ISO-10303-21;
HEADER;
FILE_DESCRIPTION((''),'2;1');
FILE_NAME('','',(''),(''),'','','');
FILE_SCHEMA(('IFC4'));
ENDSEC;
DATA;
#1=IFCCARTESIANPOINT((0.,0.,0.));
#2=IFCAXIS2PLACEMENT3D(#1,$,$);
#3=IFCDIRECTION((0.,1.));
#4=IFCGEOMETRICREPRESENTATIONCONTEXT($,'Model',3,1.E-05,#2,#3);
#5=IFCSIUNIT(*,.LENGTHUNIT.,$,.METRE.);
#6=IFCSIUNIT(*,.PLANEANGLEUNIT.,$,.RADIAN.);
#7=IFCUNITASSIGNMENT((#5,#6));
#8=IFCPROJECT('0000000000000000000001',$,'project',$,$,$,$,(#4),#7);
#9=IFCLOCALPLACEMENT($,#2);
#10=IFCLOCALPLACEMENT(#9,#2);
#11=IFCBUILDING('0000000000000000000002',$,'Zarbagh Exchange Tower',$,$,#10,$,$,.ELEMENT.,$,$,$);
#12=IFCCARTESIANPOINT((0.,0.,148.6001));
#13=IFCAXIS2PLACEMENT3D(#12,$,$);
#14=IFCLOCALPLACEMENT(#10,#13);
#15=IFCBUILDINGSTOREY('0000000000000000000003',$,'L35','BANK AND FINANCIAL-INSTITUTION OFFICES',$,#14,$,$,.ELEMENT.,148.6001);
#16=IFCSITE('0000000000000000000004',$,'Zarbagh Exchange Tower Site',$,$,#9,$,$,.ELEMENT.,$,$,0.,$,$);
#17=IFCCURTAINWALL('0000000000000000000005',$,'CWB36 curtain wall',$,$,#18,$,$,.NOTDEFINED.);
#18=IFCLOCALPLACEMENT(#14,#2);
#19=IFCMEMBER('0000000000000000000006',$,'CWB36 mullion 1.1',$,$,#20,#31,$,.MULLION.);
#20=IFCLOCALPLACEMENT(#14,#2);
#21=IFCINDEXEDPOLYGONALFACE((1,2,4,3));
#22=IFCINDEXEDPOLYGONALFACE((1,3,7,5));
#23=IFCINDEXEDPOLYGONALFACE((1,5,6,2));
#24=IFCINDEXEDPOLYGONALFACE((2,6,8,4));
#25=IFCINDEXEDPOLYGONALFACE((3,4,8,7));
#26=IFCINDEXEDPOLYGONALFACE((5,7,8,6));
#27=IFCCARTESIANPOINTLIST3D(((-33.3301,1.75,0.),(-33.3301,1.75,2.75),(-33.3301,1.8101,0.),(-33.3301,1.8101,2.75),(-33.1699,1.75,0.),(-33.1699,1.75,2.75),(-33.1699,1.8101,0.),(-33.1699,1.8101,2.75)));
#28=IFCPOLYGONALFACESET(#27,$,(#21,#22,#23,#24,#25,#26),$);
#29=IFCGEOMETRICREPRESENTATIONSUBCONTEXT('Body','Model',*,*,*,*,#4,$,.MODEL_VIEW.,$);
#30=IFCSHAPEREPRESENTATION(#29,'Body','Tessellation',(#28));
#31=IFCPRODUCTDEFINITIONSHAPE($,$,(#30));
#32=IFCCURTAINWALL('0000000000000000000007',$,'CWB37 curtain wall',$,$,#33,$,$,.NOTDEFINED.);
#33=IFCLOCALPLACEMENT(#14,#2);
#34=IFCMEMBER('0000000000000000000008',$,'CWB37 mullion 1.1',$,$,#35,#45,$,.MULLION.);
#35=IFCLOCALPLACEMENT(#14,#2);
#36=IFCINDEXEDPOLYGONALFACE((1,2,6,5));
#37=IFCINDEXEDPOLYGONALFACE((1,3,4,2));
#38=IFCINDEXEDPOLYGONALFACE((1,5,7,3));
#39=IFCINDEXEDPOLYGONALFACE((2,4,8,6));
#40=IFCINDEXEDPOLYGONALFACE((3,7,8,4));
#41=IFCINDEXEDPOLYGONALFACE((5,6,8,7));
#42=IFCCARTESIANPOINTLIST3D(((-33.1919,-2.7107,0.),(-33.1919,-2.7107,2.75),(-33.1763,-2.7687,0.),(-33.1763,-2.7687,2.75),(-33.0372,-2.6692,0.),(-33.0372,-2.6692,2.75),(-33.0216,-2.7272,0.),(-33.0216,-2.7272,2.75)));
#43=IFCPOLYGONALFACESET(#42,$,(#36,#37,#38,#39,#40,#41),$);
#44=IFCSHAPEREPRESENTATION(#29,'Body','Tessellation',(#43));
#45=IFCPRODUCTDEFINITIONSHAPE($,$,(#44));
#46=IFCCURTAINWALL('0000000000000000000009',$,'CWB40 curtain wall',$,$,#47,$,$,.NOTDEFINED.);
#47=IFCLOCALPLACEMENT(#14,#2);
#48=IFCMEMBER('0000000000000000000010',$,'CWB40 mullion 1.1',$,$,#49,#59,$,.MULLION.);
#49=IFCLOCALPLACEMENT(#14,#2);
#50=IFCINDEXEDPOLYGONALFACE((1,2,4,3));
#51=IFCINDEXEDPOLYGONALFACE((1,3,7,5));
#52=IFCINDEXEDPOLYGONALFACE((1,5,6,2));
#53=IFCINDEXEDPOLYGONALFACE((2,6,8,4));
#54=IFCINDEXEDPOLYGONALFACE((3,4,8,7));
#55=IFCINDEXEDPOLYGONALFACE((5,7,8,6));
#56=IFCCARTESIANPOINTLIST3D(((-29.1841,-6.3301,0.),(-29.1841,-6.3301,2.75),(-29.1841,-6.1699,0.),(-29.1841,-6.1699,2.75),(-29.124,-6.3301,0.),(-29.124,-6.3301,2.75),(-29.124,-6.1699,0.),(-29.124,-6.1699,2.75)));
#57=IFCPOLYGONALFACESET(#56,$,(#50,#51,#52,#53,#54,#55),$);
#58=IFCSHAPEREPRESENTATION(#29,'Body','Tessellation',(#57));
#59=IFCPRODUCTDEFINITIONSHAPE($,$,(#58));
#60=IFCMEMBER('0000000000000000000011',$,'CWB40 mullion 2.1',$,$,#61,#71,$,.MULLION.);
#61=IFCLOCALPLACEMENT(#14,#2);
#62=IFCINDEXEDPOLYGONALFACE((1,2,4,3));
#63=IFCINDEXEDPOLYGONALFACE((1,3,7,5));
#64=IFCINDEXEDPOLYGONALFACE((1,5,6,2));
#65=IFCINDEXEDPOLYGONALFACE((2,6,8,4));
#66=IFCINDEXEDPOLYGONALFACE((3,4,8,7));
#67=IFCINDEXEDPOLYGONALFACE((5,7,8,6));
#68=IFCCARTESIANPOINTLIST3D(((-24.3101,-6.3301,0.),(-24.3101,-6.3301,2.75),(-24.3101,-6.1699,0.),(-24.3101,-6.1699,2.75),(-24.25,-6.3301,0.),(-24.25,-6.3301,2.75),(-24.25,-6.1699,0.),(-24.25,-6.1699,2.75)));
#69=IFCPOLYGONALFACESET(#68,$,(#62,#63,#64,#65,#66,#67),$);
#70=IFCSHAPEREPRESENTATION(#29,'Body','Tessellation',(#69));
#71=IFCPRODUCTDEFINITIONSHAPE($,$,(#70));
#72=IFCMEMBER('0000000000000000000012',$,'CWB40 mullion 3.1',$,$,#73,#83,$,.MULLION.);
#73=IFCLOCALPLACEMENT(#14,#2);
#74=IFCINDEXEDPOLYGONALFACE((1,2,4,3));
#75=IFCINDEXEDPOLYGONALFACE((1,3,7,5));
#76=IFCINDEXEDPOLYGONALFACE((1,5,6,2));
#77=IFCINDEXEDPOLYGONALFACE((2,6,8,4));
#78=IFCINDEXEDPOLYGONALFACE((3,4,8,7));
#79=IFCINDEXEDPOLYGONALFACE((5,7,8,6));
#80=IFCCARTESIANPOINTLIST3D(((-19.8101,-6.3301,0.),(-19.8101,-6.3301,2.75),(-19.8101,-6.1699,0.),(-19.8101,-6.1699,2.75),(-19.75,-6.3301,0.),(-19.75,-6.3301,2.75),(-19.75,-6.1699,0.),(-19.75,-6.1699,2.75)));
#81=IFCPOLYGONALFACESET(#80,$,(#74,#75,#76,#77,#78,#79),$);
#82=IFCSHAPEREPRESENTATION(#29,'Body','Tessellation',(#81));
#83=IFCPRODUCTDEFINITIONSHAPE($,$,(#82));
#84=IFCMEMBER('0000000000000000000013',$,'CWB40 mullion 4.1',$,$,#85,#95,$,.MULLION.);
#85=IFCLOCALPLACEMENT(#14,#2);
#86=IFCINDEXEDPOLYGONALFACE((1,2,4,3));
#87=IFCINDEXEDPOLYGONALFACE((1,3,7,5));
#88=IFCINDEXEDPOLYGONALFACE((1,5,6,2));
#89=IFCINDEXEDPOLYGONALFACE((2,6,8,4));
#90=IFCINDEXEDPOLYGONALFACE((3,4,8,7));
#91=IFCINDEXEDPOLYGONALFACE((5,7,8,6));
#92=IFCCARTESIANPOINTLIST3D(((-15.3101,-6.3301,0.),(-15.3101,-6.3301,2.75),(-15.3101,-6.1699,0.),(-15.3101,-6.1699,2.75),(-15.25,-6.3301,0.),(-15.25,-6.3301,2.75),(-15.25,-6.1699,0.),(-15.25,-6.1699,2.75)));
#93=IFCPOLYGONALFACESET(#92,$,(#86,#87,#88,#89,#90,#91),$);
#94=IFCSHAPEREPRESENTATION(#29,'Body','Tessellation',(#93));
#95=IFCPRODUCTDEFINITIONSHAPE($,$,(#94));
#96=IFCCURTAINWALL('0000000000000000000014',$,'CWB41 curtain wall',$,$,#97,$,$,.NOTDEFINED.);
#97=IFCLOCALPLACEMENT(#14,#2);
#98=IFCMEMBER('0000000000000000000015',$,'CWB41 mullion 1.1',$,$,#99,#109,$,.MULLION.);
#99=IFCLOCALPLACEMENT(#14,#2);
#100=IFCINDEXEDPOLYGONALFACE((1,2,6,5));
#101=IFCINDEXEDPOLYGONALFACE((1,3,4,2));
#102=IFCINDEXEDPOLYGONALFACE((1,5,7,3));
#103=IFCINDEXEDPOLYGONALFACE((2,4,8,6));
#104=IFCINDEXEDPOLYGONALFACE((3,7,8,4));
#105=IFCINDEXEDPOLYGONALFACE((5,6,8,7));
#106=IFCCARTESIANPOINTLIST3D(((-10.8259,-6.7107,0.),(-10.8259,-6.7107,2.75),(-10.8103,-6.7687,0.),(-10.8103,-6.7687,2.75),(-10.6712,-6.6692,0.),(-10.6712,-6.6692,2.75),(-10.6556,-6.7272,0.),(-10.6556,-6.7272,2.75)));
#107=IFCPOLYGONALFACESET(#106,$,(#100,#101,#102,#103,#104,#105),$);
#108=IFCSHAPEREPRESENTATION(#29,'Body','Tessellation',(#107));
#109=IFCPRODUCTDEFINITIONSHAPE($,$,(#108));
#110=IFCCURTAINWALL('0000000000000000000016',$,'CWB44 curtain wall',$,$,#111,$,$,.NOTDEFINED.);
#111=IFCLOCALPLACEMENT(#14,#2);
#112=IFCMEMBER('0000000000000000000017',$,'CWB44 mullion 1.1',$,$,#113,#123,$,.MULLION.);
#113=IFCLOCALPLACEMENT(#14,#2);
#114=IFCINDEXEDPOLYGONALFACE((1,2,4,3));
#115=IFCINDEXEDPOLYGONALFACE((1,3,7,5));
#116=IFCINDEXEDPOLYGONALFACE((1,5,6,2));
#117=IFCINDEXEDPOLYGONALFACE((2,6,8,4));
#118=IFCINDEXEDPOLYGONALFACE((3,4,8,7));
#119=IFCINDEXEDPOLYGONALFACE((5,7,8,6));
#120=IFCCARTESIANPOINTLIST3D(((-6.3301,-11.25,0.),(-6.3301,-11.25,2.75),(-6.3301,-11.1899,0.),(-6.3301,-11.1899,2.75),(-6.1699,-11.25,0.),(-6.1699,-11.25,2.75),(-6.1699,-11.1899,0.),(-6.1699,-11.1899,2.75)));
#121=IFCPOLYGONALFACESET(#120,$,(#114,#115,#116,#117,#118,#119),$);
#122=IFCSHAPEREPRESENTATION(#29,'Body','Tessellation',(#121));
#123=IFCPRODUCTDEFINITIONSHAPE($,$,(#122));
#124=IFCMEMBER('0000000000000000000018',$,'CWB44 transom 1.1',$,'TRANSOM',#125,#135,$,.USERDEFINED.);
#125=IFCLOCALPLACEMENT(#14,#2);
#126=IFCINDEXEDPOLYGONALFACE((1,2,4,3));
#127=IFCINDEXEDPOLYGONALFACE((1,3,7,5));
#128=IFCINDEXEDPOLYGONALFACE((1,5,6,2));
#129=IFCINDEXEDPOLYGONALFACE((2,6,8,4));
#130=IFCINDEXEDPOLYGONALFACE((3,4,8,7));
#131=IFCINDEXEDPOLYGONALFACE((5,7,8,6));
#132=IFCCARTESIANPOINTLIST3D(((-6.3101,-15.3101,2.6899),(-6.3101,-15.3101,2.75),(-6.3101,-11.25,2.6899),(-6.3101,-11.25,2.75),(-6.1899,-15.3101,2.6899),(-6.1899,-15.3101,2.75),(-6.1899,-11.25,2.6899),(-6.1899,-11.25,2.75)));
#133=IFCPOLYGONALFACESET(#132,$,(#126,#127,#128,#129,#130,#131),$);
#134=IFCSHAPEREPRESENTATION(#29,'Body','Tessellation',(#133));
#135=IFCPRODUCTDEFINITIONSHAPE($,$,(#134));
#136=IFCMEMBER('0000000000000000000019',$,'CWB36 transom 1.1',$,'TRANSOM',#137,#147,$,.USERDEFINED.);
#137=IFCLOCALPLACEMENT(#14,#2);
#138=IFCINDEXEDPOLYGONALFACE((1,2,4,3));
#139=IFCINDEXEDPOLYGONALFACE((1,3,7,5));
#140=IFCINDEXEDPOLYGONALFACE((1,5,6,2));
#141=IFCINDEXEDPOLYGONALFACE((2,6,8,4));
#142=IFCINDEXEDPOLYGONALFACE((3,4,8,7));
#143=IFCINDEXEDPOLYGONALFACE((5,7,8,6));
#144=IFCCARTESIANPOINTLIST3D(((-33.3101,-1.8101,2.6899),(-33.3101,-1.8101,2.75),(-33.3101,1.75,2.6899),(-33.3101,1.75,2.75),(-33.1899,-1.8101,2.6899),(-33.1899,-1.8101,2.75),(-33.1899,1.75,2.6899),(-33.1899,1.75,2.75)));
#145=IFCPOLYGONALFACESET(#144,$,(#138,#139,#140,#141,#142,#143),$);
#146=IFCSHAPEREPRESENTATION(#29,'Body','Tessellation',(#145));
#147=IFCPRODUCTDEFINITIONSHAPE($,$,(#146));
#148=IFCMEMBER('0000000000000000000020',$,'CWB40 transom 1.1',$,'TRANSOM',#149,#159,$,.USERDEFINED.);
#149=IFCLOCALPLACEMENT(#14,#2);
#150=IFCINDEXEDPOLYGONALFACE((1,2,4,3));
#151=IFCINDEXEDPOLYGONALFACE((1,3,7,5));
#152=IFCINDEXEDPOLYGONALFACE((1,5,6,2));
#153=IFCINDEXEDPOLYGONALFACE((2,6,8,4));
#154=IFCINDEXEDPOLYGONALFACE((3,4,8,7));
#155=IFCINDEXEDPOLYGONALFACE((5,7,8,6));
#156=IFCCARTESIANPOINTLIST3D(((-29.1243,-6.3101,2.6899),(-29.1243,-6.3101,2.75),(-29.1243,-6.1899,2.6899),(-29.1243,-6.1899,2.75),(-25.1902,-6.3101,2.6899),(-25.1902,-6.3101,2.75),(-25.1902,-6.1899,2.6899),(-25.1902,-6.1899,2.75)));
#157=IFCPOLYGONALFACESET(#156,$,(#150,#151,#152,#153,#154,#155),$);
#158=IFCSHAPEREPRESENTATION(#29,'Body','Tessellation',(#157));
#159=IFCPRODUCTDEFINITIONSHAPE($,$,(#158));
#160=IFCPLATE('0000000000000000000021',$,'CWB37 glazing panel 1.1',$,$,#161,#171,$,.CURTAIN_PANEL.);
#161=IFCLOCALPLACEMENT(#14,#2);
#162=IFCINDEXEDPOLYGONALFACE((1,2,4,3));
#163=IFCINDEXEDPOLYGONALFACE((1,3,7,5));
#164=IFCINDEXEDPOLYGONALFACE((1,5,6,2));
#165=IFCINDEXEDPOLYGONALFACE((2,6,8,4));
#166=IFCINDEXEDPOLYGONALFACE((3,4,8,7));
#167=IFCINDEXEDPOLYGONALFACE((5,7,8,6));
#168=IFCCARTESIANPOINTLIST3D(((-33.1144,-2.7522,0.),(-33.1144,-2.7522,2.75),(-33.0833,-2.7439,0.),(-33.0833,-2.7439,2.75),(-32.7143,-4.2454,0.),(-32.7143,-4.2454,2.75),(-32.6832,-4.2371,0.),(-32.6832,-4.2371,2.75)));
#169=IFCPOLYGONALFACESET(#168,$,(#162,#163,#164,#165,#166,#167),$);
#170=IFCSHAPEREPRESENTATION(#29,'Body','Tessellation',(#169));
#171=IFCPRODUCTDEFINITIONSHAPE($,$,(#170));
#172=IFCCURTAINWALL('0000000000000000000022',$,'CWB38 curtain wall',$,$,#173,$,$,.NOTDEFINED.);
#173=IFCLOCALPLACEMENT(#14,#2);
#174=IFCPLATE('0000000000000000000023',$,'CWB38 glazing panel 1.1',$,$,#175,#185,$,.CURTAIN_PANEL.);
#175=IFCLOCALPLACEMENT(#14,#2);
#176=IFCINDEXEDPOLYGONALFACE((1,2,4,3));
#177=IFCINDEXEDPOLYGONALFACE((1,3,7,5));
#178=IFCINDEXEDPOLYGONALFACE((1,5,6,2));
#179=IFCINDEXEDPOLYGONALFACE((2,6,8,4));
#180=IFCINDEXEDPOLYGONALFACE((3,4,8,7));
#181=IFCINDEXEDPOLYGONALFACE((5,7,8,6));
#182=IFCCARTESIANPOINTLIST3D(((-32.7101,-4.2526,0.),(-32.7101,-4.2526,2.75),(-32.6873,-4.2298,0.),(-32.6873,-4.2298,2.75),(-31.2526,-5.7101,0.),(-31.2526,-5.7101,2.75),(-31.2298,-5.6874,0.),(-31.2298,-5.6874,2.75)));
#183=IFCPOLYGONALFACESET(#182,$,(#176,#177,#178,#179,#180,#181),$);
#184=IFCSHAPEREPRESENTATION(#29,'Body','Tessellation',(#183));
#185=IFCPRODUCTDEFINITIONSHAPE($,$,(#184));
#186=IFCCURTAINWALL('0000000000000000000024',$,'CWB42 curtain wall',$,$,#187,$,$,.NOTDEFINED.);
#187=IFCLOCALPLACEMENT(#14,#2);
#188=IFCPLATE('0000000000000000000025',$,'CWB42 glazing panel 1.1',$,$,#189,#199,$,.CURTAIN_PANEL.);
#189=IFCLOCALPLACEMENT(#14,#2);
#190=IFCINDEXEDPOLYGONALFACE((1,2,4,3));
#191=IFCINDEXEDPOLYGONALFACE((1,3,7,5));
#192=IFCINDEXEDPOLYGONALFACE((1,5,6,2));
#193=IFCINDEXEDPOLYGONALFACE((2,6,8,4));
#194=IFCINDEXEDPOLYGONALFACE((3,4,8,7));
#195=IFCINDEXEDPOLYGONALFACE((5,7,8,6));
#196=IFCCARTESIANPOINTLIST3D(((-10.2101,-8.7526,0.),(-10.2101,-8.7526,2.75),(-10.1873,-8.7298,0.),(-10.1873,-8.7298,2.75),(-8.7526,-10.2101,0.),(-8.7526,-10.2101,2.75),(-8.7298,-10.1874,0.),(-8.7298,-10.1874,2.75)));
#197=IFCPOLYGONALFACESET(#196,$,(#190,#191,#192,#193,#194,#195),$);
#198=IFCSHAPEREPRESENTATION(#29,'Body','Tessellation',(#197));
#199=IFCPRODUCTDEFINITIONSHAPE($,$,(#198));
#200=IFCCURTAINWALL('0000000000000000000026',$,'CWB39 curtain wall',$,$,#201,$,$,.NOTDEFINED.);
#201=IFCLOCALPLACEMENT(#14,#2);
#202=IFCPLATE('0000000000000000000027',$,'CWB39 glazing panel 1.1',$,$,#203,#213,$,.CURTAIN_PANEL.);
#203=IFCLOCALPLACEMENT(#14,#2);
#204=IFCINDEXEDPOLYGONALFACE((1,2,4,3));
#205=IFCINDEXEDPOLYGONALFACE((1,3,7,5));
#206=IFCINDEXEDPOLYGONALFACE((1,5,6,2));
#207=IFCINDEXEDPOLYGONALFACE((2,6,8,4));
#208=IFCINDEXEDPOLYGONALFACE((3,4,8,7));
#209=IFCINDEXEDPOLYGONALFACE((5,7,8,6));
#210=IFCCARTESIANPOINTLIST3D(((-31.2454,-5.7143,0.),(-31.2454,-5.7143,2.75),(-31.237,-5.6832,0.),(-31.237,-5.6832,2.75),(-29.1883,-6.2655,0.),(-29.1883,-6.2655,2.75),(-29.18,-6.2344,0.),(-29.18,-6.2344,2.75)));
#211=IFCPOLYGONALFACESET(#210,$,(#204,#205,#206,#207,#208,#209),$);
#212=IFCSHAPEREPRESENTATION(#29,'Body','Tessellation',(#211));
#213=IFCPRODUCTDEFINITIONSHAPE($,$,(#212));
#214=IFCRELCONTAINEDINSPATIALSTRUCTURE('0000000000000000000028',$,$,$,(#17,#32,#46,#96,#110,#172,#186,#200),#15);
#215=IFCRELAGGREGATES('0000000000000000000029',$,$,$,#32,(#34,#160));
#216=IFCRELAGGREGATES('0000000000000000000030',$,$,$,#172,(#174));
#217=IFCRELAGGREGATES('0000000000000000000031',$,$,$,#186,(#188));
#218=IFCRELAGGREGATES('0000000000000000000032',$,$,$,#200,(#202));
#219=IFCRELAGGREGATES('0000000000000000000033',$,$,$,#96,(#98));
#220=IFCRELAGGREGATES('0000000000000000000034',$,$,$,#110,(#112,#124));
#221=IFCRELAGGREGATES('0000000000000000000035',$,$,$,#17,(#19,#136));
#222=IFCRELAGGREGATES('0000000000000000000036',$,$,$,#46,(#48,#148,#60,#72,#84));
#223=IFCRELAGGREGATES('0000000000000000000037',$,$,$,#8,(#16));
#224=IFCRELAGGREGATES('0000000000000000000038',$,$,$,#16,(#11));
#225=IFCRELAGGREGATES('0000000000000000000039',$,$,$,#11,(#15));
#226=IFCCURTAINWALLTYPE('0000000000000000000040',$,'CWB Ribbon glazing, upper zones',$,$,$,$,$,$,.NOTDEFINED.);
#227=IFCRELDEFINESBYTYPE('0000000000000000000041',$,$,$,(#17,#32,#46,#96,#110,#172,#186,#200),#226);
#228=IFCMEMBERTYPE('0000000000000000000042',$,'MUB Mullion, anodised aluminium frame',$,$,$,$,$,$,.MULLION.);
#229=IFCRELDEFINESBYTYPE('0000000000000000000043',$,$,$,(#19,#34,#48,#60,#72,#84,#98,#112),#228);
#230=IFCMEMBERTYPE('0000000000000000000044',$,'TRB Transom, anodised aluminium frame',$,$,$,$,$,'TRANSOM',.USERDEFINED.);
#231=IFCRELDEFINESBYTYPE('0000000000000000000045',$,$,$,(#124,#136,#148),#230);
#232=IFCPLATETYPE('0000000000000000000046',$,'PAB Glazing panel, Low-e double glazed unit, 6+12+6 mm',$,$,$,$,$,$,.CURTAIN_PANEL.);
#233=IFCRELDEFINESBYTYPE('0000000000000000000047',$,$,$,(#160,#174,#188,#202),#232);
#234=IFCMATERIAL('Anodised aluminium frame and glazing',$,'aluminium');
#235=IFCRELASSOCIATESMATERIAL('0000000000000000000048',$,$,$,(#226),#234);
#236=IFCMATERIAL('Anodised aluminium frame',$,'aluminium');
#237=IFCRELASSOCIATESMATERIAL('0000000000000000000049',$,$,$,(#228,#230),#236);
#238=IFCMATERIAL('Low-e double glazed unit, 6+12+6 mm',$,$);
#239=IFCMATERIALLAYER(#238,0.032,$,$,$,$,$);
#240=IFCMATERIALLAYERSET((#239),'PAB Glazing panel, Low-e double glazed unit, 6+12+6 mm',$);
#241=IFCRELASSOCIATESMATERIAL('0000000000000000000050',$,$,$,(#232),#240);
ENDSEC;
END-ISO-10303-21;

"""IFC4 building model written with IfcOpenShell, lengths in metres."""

from ifc_helpers import new_model, si_unit, direction, frame, origin, place, context, subcontext, project, spatial, polyline, outline, extrude, source, transform, mapped, material, layer, layer_set, type_object, element, aggregate, save


model = new_model("IFC4")

# Units and contexts
model_context = context("Model", 3, precision=1e-05, world=origin(), true_north=direction((0.0, 1.0)))
body_context = subcontext(model_context, "Body", "Model", "MODEL_VIEW")
ifc_project = project(units=[si_unit("LENGTHUNIT", "METRE"), si_unit("PLANEANGLEUNIT", "RADIAN")], contexts=[model_context])

# Site, building, storey
site_placement = place(None, origin())
site = spatial("IfcSite", under=ifc_project, at=site_placement, Name="Zarbagh Exchange Tower Site", CompositionType="ELEMENT", RefElevation=0.0)
building_placement = place(site_placement, origin())
building = spatial("IfcBuilding", under=site, at=building_placement, Name="Zarbagh Exchange Tower", CompositionType="ELEMENT")
storey_placement = place(building_placement, frame((0.0, 0.0, 148.6001)))
storey = spatial("IfcBuildingStorey", under=building, at=storey_placement, Name="L35", Description="BANK AND FINANCIAL-INSTITUTION OFFICES", CompositionType="ELEMENT", Elevation=148.6001)

# Curtain walls, members
ifc_material_1 = material(Name="Anodised aluminium frame and glazing", Category="aluminium")
curtain_wall_type = type_object("IfcCurtainWallType", Name="CWB Ribbon glazing, upper zones", PredefinedType="NOTDEFINED", material=ifc_material_1)
curtain_wall_1_placement = place(storey_placement, origin())
curtain_wall_1 = element("IfcCurtainWall", 1, at=curtain_wall_1_placement, inside=storey, type_object=curtain_wall_type, Name="CWB36 curtain wall", PredefinedType="NOTDEFINED")
ifc_material_2 = material(Name="Anodised aluminium frame", Category="aluminium")
member_type_1 = type_object("IfcMemberType", Name="MUB Mullion, anodised aluminium frame", PredefinedType="MULLION", material=ifc_material_2)
shared_shape_1 = source(origin(), body_context, "Body", "SweptSolid", [
    extrude(outline(polyline([(0.0, -0.0801), (0.0601, -0.0801), (0.0601, 0.0801), (0.0, 0.0801), (0.0, -0.0801)])), origin(), (0.0, 0.0, 1.0), 2.75),
])
placement = place(storey_placement, origin())
member_1 = element("IfcMember", 2, at=placement, type_object=member_type_1, Name="CWB36 mullion 1.1", PredefinedType="MULLION", context=body_context, shape_type="MappedRepresentation", body=[
    mapped(shared_shape_1, transform((-33.25, 1.8101, 0.0), x_axis=(0.0, -1.0, 0.0), y_axis=(1.0, 0.0, 0.0), z_axis=(0.0, 0.0, 1.0))),
])
curtain_wall_2_placement = place(storey_placement, origin())
curtain_wall_2 = element("IfcCurtainWall", 3, at=curtain_wall_2_placement, inside=storey, type_object=curtain_wall_type, Name="CWB37 curtain wall", PredefinedType="NOTDEFINED")
member_2 = element("IfcMember", 4, at=placement, type_object=member_type_1, Name="CWB37 mullion 1.1", PredefinedType="MULLION", context=body_context, shape_type="MappedRepresentation", body=[
    mapped(shared_shape_1, transform((-33.1145, -2.6899, 0.0), x_axis=(0.258825, -0.965924, 0.0), y_axis=(0.965924, 0.258825, 0.0), z_axis=(0.0, 0.0, 1.0))),
])

# Curtain wall, members
curtain_wall_3_placement = place(storey_placement, origin())
curtain_wall_3 = element("IfcCurtainWall", 5, at=curtain_wall_3_placement, inside=storey, type_object=curtain_wall_type, Name="CWB40 curtain wall", PredefinedType="NOTDEFINED")
member_3 = element("IfcMember", 6, at=placement, type_object=member_type_1, Name="CWB40 mullion 1.1", PredefinedType="MULLION", context=body_context, shape_type="MappedRepresentation", body=[
    mapped(shared_shape_1, transform((-29.1841, -6.25, 0.0), x_axis=(1.0, 0.0, 0.0), y_axis=(0.0, 1.0, 0.0), z_axis=(0.0, 0.0, 1.0))),
])
member_4 = element("IfcMember", 7, at=placement, type_object=member_type_1, Name="CWB40 mullion 2.1", PredefinedType="MULLION", context=body_context, shape_type="MappedRepresentation", body=[
    mapped(shared_shape_1, transform((-24.3101, -6.25, 0.0), x_axis=(1.0, 0.0, 0.0), y_axis=(0.0, 1.0, 0.0), z_axis=(0.0, 0.0, 1.0))),
])
member_5 = element("IfcMember", 8, at=placement, type_object=member_type_1, Name="CWB40 mullion 3.1", PredefinedType="MULLION", context=body_context, shape_type="MappedRepresentation", body=[
    mapped(shared_shape_1, transform((-19.8101, -6.25, 0.0), x_axis=(1.0, 0.0, 0.0), y_axis=(0.0, 1.0, 0.0), z_axis=(0.0, 0.0, 1.0))),
])
member_6 = element("IfcMember", 9, at=placement, type_object=member_type_1, Name="CWB40 mullion 4.1", PredefinedType="MULLION", context=body_context, shape_type="MappedRepresentation", body=[
    mapped(shared_shape_1, transform((-15.3101, -6.25, 0.0), x_axis=(1.0, 0.0, 0.0), y_axis=(0.0, 1.0, 0.0), z_axis=(0.0, 0.0, 1.0))),
])

# Curtain wall, member
curtain_wall_4_placement = place(storey_placement, origin())
curtain_wall_4 = element("IfcCurtainWall", 10, at=curtain_wall_4_placement, inside=storey, type_object=curtain_wall_type, Name="CWB41 curtain wall", PredefinedType="NOTDEFINED")
member_7 = element("IfcMember", 11, at=placement, type_object=member_type_1, Name="CWB41 mullion 1.1", PredefinedType="MULLION", context=body_context, shape_type="MappedRepresentation", body=[
    mapped(shared_shape_1, transform((-10.7485, -6.6899, 0.0), x_axis=(0.258825, -0.965924, 0.0), y_axis=(0.965924, 0.258825, 0.0), z_axis=(0.0, 0.0, 1.0))),
])

# Curtain wall, members
curtain_wall_5_placement = place(storey_placement, origin())
curtain_wall_5 = element("IfcCurtainWall", 12, at=curtain_wall_5_placement, inside=storey, type_object=curtain_wall_type, Name="CWB44 curtain wall", PredefinedType="NOTDEFINED")
member_8 = element("IfcMember", 13, at=placement, type_object=member_type_1, Name="CWB44 mullion 1.1", PredefinedType="MULLION", context=body_context, shape_type="MappedRepresentation", body=[
    mapped(shared_shape_1, transform((-6.25, -11.1899, 0.0), x_axis=(0.0, -1.0, 0.0), y_axis=(1.0, 0.0, 0.0), z_axis=(0.0, 0.0, 1.0))),
])
member_type_2 = type_object("IfcMemberType", Name="TRB Transom, anodised aluminium frame", ElementType="TRANSOM", PredefinedType="USERDEFINED", material=ifc_material_2)
shared_shape_2 = source(origin(), body_context, "Body", "SweptSolid", [
    extrude(outline(polyline([(-0.0601, -0.0601), (0.0, -0.0601), (0.0, 0.0601), (-0.0601, 0.0601), (-0.0601, -0.0601)])), origin(), (0.0, 0.0, 1.0), 4.0601),
])
member_9 = element("IfcMember", 14, at=placement, type_object=member_type_2, Name="CWB44 transom 1.1", ObjectType="TRANSOM", PredefinedType="USERDEFINED", context=body_context, shape_type="MappedRepresentation", body=[
    mapped(shared_shape_2, transform((-6.25, -11.25, 2.75), x_axis=(0.0, 0.0, 1.0), y_axis=(-1.0, 0.0, 0.0), z_axis=(0.0, -1.0, 0.0))),
])

# Members
shared_shape_3 = source(origin(), body_context, "Body", "SweptSolid", [
    extrude(outline(polyline([(-0.0601, -0.0601), (0.0, -0.0601), (0.0, 0.0601), (-0.0601, 0.0601), (-0.0601, -0.0601)])), origin(), (0.0, 0.0, 1.0), 3.5601),
])
member_10 = element("IfcMember", 15, at=placement, type_object=member_type_2, Name="CWB36 transom 1.1", ObjectType="TRANSOM", PredefinedType="USERDEFINED", context=body_context, shape_type="MappedRepresentation", body=[
    mapped(shared_shape_3, transform((-33.25, 1.75, 2.75), x_axis=(0.0, 0.0, 1.0), y_axis=(-1.0, 0.0, 0.0), z_axis=(0.0, -1.0, 0.0))),
])
shared_shape_4 = source(origin(), body_context, "Body", "SweptSolid", [
    extrude(outline(polyline([(-0.0601, -0.0601), (0.0, -0.0601), (0.0, 0.0601), (-0.0601, 0.0601), (-0.0601, -0.0601)])), origin(), (0.0, 0.0, 1.0), 3.9341),
])
member_11 = element("IfcMember", 16, at=placement, type_object=member_type_2, Name="CWB40 transom 1.1", ObjectType="TRANSOM", PredefinedType="USERDEFINED", context=body_context, shape_type="MappedRepresentation", body=[
    mapped(shared_shape_4, transform((-29.1243, -6.25, 2.75), x_axis=(0.0, 0.0, 1.0), y_axis=(0.0, -1.0, 0.0), z_axis=(1.0, 0.0, 0.0))),
])

# Plate
ifc_material_3 = material(Name="Low-e double glazed unit, 6+12+6 mm")
ifc_layer = layer(ifc_material_3, 0.032)
ifc_layer_set = layer_set([ifc_layer], Name="PAB Glazing panel, Low-e double glazed unit, 6+12+6 mm")
plate_type = type_object("IfcPlateType", Name="PAB Glazing panel, Low-e double glazed unit, 6+12+6 mm", PredefinedType="CURTAIN_PANEL", material=ifc_layer_set)
shared_shape_5 = source(origin(), body_context, "Body", "SweptSolid", [
    extrude(outline(polyline([(0.0, -0.0161), (1.5459, -0.0161), (1.5459, 0.0161), (0.0, 0.0161), (0.0, -0.0161)])), origin(), (0.0, 0.0, 1.0), 2.75),
])
plate_1 = element("IfcPlate", 17, at=placement, type_object=plate_type, Name="CWB37 glazing panel 1.1", PredefinedType="CURTAIN_PANEL", context=body_context, shape_type="MappedRepresentation", body=[
    mapped(shared_shape_5, transform((-33.0989, -2.748, 0.0), x_axis=(0.258825, -0.965924, 0.0), y_axis=(0.965924, 0.258825, 0.0), z_axis=(0.0, 0.0, 1.0))),
])
aggregate(curtain_wall_2, [member_2, plate_1])

# Curtain walls, plates
curtain_wall_6_placement = place(storey_placement, origin())
curtain_wall_6 = element("IfcCurtainWall", 18, at=curtain_wall_6_placement, inside=storey, type_object=curtain_wall_type, Name="CWB38 curtain wall", PredefinedType="NOTDEFINED")
shared_shape_6 = source(origin(), body_context, "Body", "SweptSolid", [
    extrude(outline(polyline([(0.0, -0.0161), (2.0613, -0.0161), (2.0613, 0.0161), (0.0, 0.0161), (0.0, -0.0161)])), origin(), (0.0, 0.0, 1.0), 2.75),
])
plate_2 = element("IfcPlate", 19, at=placement, type_object=plate_type, Name="CWB38 glazing panel 1.1", PredefinedType="CURTAIN_PANEL", context=body_context, shape_type="MappedRepresentation", body=[
    mapped(shared_shape_6, transform((-32.6987, -4.2412, 0.0), x_axis=(0.707107, -0.707107, 0.0), y_axis=(0.707107, 0.707107, 0.0), z_axis=(0.0, 0.0, 1.0))),
])
aggregate(curtain_wall_6, [plate_2])
curtain_wall_7_placement = place(storey_placement, origin())
curtain_wall_7 = element("IfcCurtainWall", 20, at=curtain_wall_7_placement, inside=storey, type_object=curtain_wall_type, Name="CWB42 curtain wall", PredefinedType="NOTDEFINED")
plate_3 = element("IfcPlate", 21, at=placement, type_object=plate_type, Name="CWB42 glazing panel 1.1", PredefinedType="CURTAIN_PANEL", context=body_context, shape_type="MappedRepresentation", body=[
    mapped(shared_shape_6, transform((-10.1987, -8.7412, 0.0), x_axis=(0.707107, -0.707107, 0.0), y_axis=(0.707107, 0.707107, 0.0), z_axis=(0.0, 0.0, 1.0))),
])
aggregate(curtain_wall_7, [plate_3])
curtain_wall_8_placement = place(storey_placement, origin())
curtain_wall_8 = element("IfcCurtainWall", 22, at=curtain_wall_8_placement, inside=storey, type_object=curtain_wall_type, Name="CWB39 curtain wall", PredefinedType="NOTDEFINED")
shared_shape_7 = source(origin(), body_context, "Body", "SweptSolid", [
    extrude(outline(polyline([(0.0, -0.0161), (2.1296, -0.0161), (2.1296, 0.0161), (0.0, 0.0161), (0.0, -0.0161)])), origin(), (0.0, 0.0, 1.0), 2.75),
])
plate_4 = element("IfcPlate", 23, at=placement, type_object=plate_type, Name="CWB39 glazing panel 1.1", PredefinedType="CURTAIN_PANEL", context=body_context, shape_type="MappedRepresentation", body=[
    mapped(shared_shape_7, transform((-31.2412, -5.6987, 0.0), x_axis=(0.965924, -0.258825, 0.0), y_axis=(0.258825, 0.965924, 0.0), z_axis=(0.0, 0.0, 1.0))),
])
aggregate(curtain_wall_8, [plate_4])

aggregate(curtain_wall_4, [member_7])

aggregate(curtain_wall_5, [member_8, member_9])

aggregate(curtain_wall_1, [member_1, member_10])
aggregate(curtain_wall_3, [member_3, member_11, member_4, member_5, member_6])

save(model, "model.ifc")
